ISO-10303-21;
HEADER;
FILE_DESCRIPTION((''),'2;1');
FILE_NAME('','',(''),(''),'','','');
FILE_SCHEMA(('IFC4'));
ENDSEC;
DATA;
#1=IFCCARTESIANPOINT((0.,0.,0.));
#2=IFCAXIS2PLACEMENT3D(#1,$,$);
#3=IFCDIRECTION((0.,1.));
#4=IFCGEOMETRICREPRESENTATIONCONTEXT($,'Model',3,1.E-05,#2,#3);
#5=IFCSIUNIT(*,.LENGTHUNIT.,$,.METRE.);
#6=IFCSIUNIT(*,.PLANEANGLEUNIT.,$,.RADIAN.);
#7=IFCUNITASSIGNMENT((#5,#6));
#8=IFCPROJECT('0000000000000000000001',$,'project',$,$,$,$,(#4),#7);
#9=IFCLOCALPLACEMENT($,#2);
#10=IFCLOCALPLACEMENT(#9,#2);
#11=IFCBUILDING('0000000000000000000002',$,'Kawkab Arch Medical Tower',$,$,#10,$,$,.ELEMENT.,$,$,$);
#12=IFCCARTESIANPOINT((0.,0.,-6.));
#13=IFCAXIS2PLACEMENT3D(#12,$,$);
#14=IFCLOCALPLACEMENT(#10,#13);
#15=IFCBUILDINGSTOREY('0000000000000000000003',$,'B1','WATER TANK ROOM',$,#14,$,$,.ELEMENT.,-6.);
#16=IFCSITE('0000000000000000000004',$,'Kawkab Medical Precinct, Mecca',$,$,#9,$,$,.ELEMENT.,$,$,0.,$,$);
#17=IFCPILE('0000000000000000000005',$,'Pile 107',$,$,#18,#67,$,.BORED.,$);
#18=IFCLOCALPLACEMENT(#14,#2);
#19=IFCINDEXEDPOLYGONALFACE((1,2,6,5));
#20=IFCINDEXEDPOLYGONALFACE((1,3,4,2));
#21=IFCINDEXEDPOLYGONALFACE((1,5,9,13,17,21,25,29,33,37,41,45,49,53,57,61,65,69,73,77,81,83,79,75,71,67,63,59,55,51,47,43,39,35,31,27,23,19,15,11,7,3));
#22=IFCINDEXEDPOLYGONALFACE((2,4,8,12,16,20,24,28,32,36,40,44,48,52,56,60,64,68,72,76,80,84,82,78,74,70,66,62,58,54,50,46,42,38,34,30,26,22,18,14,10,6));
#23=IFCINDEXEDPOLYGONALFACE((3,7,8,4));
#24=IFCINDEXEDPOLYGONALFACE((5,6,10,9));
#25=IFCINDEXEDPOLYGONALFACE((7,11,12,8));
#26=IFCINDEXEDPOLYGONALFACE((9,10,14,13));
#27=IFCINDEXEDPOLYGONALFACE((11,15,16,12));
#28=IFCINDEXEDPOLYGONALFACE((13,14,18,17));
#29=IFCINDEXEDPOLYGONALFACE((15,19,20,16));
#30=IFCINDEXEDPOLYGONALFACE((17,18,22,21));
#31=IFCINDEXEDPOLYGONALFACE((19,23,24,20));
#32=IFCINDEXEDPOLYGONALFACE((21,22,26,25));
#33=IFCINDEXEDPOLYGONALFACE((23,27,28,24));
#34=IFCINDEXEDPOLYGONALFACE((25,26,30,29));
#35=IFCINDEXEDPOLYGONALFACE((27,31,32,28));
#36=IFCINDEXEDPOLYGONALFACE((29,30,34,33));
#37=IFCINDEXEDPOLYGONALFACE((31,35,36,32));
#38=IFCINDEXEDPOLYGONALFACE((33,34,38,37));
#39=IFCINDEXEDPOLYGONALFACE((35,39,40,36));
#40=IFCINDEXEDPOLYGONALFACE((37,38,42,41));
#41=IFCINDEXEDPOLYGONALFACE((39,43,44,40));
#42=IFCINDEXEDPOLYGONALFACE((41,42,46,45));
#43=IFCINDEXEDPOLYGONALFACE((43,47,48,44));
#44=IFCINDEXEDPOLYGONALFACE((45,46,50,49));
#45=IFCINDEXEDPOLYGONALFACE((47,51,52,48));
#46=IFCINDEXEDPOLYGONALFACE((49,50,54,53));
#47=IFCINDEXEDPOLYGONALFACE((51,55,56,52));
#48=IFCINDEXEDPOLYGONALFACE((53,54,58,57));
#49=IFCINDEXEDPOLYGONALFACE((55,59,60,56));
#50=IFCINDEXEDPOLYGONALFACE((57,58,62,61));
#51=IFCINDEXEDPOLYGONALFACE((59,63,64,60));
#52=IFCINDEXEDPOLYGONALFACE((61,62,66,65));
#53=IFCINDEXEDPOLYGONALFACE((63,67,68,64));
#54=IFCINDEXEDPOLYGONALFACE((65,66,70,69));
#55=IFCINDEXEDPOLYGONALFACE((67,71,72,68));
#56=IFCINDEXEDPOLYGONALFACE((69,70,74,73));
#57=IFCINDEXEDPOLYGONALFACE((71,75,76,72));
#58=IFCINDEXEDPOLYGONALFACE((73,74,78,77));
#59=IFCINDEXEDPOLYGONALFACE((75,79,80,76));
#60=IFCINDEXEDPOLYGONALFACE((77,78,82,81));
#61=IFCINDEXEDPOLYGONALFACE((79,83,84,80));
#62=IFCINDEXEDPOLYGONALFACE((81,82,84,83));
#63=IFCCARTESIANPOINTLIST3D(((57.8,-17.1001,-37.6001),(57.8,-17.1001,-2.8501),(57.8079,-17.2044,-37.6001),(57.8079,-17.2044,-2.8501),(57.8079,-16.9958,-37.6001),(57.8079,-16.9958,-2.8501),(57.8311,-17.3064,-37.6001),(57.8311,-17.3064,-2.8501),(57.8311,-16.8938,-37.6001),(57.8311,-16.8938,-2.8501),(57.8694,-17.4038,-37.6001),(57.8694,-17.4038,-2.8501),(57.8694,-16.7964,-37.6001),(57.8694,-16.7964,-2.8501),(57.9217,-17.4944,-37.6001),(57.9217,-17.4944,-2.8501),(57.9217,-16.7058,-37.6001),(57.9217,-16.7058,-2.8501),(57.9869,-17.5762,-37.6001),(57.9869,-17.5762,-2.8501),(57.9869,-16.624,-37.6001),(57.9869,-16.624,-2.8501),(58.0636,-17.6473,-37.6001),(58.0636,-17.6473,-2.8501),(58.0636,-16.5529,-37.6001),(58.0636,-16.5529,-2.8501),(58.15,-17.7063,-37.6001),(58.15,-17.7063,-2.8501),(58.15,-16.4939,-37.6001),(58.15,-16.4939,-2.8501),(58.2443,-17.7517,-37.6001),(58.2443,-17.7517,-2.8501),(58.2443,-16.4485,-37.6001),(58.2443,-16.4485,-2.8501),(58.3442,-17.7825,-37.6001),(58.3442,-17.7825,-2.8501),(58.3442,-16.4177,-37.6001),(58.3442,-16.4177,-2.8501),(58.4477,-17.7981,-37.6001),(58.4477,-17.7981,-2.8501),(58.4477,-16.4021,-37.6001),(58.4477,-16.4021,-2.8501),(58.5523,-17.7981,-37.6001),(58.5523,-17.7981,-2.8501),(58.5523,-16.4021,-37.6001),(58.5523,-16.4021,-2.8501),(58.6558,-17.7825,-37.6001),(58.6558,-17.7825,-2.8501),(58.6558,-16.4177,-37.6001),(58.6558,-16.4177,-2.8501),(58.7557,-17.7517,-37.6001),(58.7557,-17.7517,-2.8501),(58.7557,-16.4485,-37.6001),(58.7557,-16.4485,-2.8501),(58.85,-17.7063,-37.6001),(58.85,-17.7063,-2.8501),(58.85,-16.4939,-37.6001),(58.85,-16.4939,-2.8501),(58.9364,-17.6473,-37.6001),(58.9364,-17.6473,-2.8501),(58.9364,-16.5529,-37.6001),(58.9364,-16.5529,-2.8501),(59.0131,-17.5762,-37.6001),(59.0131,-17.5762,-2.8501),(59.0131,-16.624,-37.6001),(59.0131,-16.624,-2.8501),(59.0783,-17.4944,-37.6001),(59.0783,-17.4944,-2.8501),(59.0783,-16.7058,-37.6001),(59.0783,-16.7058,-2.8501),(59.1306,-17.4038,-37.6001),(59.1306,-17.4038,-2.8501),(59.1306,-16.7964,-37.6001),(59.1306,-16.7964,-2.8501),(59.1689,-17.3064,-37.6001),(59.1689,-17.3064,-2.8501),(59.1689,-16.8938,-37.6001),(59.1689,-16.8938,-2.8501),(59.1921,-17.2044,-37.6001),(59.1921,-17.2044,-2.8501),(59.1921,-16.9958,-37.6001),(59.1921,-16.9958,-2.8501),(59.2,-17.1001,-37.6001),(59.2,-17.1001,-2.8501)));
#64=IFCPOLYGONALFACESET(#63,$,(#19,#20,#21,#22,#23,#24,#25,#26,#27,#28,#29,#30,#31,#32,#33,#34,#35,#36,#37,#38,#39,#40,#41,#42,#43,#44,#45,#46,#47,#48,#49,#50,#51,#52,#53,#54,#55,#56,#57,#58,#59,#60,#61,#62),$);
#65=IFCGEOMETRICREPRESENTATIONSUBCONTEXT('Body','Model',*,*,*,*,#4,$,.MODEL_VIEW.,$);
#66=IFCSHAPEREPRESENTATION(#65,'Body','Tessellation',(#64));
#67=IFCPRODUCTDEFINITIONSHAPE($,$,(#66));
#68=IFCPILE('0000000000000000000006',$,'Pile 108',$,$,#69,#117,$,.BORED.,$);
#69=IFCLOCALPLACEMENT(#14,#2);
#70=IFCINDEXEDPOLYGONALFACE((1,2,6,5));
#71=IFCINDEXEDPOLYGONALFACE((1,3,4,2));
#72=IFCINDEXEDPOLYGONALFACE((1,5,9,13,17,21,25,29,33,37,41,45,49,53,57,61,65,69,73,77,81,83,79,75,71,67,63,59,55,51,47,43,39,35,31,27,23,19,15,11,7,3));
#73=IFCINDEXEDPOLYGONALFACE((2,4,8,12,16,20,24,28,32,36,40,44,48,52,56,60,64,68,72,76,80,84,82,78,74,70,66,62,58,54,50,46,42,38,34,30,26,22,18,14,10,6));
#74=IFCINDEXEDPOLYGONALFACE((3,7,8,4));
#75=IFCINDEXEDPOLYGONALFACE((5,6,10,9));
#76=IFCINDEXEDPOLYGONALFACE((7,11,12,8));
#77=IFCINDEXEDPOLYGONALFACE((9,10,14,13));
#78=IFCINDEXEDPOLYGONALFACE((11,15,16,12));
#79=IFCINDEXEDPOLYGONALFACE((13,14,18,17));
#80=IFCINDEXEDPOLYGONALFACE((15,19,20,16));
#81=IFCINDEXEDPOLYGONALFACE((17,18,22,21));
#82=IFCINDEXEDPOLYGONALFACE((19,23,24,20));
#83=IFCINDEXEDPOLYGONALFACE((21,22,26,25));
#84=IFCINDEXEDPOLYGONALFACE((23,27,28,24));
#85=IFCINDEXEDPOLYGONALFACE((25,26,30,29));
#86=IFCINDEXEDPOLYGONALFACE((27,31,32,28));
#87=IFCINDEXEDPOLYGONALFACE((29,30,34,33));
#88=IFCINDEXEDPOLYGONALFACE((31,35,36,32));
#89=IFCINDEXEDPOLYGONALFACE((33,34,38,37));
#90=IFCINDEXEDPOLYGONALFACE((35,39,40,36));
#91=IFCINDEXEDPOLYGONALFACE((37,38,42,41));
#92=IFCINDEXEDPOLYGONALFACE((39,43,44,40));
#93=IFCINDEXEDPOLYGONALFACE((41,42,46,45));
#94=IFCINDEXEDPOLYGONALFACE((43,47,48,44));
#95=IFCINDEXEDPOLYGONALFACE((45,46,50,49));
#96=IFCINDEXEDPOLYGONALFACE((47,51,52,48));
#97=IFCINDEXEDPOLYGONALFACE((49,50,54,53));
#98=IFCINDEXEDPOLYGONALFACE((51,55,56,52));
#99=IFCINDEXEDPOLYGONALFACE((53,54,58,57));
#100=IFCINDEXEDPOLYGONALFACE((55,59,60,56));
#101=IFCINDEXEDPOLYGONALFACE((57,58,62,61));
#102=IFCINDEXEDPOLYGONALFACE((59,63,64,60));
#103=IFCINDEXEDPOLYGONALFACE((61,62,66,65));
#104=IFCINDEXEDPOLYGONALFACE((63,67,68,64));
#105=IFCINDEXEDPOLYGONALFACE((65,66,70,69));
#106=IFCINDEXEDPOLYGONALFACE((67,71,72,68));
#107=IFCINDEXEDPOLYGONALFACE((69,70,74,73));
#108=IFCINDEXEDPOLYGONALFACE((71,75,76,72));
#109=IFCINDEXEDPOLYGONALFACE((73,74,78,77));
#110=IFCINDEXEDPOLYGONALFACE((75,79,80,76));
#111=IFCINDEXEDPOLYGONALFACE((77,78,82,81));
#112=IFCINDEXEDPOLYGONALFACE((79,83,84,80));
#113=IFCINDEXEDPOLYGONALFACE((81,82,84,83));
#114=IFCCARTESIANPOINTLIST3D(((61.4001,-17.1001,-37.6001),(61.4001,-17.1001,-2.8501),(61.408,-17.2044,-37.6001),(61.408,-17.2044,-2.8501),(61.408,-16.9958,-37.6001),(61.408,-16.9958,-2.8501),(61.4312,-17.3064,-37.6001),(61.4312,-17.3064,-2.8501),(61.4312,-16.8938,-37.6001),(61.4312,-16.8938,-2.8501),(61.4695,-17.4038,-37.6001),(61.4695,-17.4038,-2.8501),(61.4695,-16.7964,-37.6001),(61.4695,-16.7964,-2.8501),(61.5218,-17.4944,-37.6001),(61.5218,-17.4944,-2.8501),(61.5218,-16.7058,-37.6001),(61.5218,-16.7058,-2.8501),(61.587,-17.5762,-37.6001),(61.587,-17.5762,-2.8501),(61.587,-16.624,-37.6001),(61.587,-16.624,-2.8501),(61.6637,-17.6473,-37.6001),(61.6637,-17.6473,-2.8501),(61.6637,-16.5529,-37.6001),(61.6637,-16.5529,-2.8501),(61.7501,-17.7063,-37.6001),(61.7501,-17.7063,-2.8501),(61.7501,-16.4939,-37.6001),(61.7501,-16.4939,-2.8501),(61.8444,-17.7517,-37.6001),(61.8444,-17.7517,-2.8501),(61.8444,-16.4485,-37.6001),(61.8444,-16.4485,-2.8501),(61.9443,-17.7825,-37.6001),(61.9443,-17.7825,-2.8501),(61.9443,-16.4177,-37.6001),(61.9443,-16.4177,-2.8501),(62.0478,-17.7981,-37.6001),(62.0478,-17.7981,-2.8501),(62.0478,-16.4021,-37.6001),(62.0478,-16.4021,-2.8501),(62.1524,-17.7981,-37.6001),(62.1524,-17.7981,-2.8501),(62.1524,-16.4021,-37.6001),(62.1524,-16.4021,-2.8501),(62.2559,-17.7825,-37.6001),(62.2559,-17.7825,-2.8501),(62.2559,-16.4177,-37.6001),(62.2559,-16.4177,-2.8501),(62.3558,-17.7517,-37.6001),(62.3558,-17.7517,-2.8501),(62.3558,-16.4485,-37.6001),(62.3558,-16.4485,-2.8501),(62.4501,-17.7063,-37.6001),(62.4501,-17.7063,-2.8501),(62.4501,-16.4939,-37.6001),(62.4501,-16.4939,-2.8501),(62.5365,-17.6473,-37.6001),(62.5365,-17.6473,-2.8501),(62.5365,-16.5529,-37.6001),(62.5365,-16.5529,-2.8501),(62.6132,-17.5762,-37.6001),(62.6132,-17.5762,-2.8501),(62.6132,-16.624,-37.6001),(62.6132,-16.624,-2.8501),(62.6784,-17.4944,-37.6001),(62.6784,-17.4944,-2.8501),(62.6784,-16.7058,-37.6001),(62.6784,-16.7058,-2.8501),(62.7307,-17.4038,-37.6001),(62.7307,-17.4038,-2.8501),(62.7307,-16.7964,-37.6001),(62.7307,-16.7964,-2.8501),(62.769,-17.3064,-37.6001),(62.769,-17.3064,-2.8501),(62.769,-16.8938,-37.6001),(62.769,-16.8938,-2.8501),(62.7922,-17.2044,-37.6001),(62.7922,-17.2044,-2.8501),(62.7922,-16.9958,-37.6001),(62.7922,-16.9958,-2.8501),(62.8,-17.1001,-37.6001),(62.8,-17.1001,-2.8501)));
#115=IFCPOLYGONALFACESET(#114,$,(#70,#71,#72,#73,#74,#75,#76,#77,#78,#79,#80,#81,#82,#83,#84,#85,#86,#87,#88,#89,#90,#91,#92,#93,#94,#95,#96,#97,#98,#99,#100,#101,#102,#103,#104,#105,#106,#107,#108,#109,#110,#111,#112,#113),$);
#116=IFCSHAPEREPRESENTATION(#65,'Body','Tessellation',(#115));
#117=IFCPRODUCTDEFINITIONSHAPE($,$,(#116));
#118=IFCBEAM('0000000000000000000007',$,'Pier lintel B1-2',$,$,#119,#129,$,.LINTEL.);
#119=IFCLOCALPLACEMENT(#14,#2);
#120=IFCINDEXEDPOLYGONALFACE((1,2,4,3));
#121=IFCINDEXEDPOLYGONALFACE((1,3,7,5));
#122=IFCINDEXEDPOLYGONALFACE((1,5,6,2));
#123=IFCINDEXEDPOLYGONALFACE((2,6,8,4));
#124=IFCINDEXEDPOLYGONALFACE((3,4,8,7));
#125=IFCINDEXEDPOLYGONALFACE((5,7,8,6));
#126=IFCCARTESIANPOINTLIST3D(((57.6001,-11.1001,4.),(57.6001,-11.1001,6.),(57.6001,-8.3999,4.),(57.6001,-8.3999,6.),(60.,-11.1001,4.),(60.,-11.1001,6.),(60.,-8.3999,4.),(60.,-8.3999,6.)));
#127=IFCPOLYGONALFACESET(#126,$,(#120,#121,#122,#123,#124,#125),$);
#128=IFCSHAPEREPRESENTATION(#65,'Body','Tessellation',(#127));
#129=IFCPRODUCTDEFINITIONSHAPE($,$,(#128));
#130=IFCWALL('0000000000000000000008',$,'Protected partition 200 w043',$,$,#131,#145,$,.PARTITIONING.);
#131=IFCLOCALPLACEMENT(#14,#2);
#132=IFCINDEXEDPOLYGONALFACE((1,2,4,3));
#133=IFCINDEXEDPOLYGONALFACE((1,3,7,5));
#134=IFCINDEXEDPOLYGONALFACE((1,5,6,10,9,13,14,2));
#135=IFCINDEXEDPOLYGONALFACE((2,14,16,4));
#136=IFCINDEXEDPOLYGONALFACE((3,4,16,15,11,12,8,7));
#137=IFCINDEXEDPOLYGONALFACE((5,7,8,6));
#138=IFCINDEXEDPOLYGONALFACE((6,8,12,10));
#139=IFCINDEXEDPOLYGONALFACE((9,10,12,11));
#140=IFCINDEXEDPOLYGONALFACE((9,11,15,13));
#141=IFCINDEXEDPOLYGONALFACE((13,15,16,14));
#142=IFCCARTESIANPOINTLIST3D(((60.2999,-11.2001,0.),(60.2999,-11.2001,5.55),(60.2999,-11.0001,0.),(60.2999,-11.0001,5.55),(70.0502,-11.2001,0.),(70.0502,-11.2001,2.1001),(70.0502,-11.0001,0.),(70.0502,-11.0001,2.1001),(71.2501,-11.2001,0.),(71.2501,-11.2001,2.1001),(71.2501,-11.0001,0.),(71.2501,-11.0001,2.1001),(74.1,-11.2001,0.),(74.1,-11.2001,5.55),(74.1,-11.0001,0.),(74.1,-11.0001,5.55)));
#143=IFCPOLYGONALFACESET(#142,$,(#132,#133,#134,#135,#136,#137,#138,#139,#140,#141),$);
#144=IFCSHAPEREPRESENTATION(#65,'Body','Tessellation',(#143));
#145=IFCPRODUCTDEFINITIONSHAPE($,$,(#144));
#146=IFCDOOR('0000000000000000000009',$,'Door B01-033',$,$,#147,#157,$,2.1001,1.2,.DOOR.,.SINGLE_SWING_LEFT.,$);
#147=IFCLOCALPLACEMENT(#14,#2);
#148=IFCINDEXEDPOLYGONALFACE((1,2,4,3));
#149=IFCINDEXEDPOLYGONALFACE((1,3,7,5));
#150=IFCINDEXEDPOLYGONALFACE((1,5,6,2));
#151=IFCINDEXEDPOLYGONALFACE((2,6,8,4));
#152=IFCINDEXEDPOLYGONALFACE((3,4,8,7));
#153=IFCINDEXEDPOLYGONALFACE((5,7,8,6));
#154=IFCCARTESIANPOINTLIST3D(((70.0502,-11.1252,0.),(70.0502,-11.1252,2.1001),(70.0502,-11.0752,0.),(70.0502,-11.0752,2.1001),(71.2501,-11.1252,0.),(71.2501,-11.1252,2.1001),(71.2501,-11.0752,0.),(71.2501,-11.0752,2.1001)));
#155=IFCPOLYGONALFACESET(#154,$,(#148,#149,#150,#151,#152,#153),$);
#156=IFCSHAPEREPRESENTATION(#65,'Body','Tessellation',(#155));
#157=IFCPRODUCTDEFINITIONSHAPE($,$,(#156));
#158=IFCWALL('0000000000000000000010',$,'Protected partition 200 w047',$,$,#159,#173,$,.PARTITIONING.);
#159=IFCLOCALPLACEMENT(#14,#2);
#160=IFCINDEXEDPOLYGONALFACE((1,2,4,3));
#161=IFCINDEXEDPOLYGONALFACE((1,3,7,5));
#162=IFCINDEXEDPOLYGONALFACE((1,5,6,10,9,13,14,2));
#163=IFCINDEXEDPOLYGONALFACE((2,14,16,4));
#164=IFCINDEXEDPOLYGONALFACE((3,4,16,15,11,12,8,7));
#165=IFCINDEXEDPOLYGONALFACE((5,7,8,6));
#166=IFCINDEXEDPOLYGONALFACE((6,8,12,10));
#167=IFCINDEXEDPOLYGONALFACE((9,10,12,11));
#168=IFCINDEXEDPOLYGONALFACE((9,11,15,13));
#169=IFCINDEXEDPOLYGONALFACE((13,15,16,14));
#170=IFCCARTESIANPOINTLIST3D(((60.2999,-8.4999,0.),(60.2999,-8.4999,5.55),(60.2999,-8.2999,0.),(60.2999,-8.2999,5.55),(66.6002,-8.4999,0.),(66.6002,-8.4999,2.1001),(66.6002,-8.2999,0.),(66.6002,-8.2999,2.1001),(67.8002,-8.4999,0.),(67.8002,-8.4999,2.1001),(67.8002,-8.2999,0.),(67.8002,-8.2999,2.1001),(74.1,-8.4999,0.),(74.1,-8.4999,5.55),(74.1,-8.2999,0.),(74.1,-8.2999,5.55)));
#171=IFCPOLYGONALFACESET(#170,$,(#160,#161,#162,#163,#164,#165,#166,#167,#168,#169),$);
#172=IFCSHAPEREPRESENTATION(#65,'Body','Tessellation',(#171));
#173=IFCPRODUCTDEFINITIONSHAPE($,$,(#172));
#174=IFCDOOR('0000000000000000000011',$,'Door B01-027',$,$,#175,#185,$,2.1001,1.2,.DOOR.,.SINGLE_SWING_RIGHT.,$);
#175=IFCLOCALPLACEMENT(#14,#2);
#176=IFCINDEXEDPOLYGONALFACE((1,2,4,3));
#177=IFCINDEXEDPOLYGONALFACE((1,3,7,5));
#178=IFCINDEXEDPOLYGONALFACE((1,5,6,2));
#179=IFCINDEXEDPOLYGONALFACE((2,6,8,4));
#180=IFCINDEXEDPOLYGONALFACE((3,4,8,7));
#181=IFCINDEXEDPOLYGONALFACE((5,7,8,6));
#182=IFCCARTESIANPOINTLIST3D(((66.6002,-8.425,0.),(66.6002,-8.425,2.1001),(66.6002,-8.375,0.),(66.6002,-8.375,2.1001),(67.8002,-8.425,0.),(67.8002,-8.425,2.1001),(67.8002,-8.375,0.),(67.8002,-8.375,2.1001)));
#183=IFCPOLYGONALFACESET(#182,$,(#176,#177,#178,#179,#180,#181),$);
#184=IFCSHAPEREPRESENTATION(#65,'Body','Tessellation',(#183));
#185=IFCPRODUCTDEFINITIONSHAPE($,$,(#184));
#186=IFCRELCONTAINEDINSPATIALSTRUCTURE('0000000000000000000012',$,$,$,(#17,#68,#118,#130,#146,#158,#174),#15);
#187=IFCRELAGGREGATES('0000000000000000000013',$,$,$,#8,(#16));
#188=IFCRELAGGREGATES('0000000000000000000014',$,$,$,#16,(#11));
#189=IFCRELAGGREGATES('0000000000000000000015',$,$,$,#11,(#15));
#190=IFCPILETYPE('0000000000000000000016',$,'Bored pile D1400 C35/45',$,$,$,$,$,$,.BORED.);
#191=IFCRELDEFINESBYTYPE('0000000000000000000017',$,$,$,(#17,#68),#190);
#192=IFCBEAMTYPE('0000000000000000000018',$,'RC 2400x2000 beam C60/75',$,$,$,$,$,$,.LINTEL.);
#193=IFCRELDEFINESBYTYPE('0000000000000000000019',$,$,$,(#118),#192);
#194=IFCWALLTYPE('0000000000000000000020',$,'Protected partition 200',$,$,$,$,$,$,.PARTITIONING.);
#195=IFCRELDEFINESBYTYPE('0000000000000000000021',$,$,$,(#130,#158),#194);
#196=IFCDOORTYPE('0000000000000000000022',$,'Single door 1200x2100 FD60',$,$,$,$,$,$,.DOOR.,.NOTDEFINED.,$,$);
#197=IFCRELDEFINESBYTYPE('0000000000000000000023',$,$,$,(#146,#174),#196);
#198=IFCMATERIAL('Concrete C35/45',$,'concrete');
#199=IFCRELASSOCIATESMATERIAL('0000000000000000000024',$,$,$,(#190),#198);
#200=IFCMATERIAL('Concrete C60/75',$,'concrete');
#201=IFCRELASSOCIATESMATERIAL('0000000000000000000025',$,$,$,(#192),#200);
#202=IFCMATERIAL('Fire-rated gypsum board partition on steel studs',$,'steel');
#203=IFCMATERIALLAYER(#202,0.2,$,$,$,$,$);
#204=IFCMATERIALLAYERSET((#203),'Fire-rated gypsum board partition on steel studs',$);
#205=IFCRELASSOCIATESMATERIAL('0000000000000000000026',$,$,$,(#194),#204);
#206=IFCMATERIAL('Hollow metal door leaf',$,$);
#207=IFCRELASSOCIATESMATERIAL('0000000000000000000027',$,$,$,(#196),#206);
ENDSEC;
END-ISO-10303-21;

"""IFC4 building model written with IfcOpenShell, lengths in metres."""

from ifc_helpers import new_model, si_unit, direction, frame, frame_2d, origin, origin_2d, place, context, subcontext, project, spatial, rectangle, circle, extrude, material, layer, layer_set, material_profile, profile_set, type_object, element, fill, save


model = new_model("IFC4")

# Units and contexts
model_context = context("Model", 3, precision=1e-05, world=origin(), true_north=direction((0.0, 1.0)))
body_context = subcontext(model_context, "Body", "Model", "MODEL_VIEW")
ifc_project = project(units=[si_unit("LENGTHUNIT", "METRE"), si_unit("PLANEANGLEUNIT", "RADIAN")], contexts=[model_context])

# Site, building, storey
site_placement = place(None, origin())
site = spatial("IfcSite", under=ifc_project, at=site_placement, Name="Kawkab Medical Precinct, Mecca", CompositionType="ELEMENT", RefElevation=0.0)
building_placement = place(site_placement, origin())
building = spatial("IfcBuilding", under=site, at=building_placement, Name="Kawkab Arch Medical Tower", CompositionType="ELEMENT")
storey_placement = place(building_placement, frame((0.0, 0.0, -6.0)))
storey = spatial("IfcBuildingStorey", under=building, at=storey_placement, Name="B1", Description="WATER TANK ROOM", CompositionType="ELEMENT", Elevation=-6.0)

# Piles
ifc_material_1 = material(Name="Concrete C35/45", Category="concrete")
ifc_material_profile_1 = material_profile(ifc_material_1, circle(Radius=0.7, at=origin_2d()), Name="Bored pile D1400")
ifc_profile_set_1 = profile_set([ifc_material_profile_1], Name="Concrete C35/45")
pile_type = type_object("IfcPileType", Name="Bored pile D1400 C35/45", PredefinedType="BORED", material=ifc_profile_set_1)
for number, where, z_axis, x_axis, name in (
    (1, (58.5, -17.1001, -2.8501), (0.0, 0.0, -1.0), (1.0, 0.0, 0.0), "Pile 107"),
    (2, (62.1001, -17.1001, -2.8501), (0.0, 0.0, -1.0), (1.0, 0.0, 0.0), "Pile 108"),
):
    element("IfcPile", number, at=place(storey_placement, frame(where, z_axis=z_axis, x_axis=x_axis)), inside=storey, type_object=pile_type, Name=name, PredefinedType="BORED", context=body_context, shape_type="SweptSolid", body=[
        extrude(circle(Radius=0.7, at=origin_2d()), origin(), (0.0, 0.0, 1.0), 34.75),
    ])

# Beam
ifc_material_2 = material(Name="Concrete C60/75", Category="concrete")
ifc_material_profile_2 = material_profile(ifc_material_2, rectangle(XDim=2.3999, YDim=2.0, at=origin_2d()), Name="RC 2400x2000")
ifc_profile_set_2 = profile_set([ifc_material_profile_2], Name="Concrete C60/75")
beam_type = type_object("IfcBeamType", Name="RC 2400x2000 beam C60/75", PredefinedType="LINTEL", material=ifc_profile_set_2)
beam_placement = place(storey_placement, frame((58.8, -8.3999, 5.0), z_axis=(0.0, -1.0, 0.0), x_axis=(1.0, 0.0, 0.0)))
element("IfcBeam", 3, at=beam_placement, inside=storey, type_object=beam_type, Name="Pier lintel B1-2", PredefinedType="LINTEL", context=body_context, shape_type="SweptSolid", body=[
    extrude(rectangle(XDim=2.3999, YDim=2.0, at=origin_2d()), origin(), (0.0, 0.0, 1.0), 2.7002),
])

# Walls, openings, doors
ifc_material_3 = material(Name="Fire-rated gypsum board partition on steel studs", Category="steel")
ifc_layer = layer(ifc_material_3, 0.2)
ifc_layer_set = layer_set([ifc_layer], Name="Fire-rated gypsum board partition on steel studs")
wall_type = type_object("IfcWallType", Name="Protected partition 200", PredefinedType="PARTITIONING", material=ifc_layer_set)
wall_1_placement = place(storey_placement, frame((60.3, -11.1001, 0.0), z_axis=(0.0, 0.0, 1.0), x_axis=(1.0, 0.0, 0.0)))
wall_1 = element("IfcWall", 4, at=wall_1_placement, inside=storey, type_object=wall_type, Name="Protected partition 200 w043", PredefinedType="PARTITIONING", context=body_context, shape_type="SweptSolid", body=[
    extrude(rectangle(XDim=13.8, YDim=0.2, at=frame_2d((6.8999, 0.0))), origin(), (0.0, 0.0, 1.0), 5.55),
])
opening_1_placement = place(wall_1_placement, frame((9.75, 0.0, 0.0)))
opening_1 = element("IfcOpeningElement", 5, at=opening_1_placement, cuts=wall_1, PredefinedType="OPENING", context=body_context, shape_type="SweptSolid", body=[
    extrude(rectangle(XDim=1.2, YDim=2.1001, at=frame_2d((0.6001, 1.05))), frame((0.0, 0.1099, 0.0), z_axis=(0.0, -1.0, 0.0), x_axis=(1.0, 0.0, 0.0)), (0.0, 0.0, 1.0), 0.22),
])
ifc_material_4 = material(Name="Hollow metal door leaf")
door_type = type_object("IfcDoorType", Name="Single door 1200x2100 FD60", OperationType="NOTDEFINED", PredefinedType="DOOR", material=ifc_material_4)
door_1_placement = place(opening_1_placement, origin())
door_1 = element("IfcDoor", 6, at=door_1_placement, inside=storey, type_object=door_type, Name="Door B01-033", OperationType="SINGLE_SWING_LEFT", OverallHeight=2.1001, OverallWidth=1.2, PredefinedType="DOOR", context=body_context, shape_type="SweptSolid", body=[
    extrude(rectangle(XDim=1.2, YDim=2.1001, at=frame_2d((0.6001, 1.05))), frame((0.0, 0.0249, 0.0), z_axis=(0.0, -1.0, 0.0), x_axis=(1.0, 0.0, 0.0)), (0.0, 0.0, 1.0), 0.05),
])
fill(opening_1, door_1)
wall_2_placement = place(storey_placement, frame((60.3, -8.3999, 0.0), z_axis=(0.0, 0.0, 1.0), x_axis=(1.0, 0.0, 0.0)))
wall_2 = element("IfcWall", 7, at=wall_2_placement, inside=storey, type_object=wall_type, Name="Protected partition 200 w047", PredefinedType="PARTITIONING", context=body_context, shape_type="SweptSolid", body=[
    extrude(rectangle(XDim=13.8, YDim=0.2, at=frame_2d((6.8999, 0.0))), origin(), (0.0, 0.0, 1.0), 5.55),
])
opening_2_placement = place(wall_2_placement, frame((6.3, 0.0, 0.0)))
opening_2 = element("IfcOpeningElement", 8, at=opening_2_placement, cuts=wall_2, PredefinedType="OPENING", context=body_context, shape_type="SweptSolid", body=[
    extrude(rectangle(XDim=1.2, YDim=2.1001, at=frame_2d((0.6001, 1.05))), frame((0.0, 0.1099, 0.0), z_axis=(0.0, -1.0, 0.0), x_axis=(1.0, 0.0, 0.0)), (0.0, 0.0, 1.0), 0.22),
])
door_2_placement = place(opening_2_placement, origin())
door_2 = element("IfcDoor", 9, at=door_2_placement, inside=storey, type_object=door_type, Name="Door B01-027", OperationType="SINGLE_SWING_RIGHT", OverallHeight=2.1001, OverallWidth=1.2, PredefinedType="DOOR", context=body_context, shape_type="SweptSolid", body=[
    extrude(rectangle(XDim=1.2, YDim=2.1001, at=frame_2d((0.6001, 1.05))), frame((0.0, 0.0249, 0.0), z_axis=(0.0, -1.0, 0.0), x_axis=(1.0, 0.0, 0.0)), (0.0, 0.0, 1.0), 0.05),
])
fill(opening_2, door_2)

save(model, "model.ifc")
